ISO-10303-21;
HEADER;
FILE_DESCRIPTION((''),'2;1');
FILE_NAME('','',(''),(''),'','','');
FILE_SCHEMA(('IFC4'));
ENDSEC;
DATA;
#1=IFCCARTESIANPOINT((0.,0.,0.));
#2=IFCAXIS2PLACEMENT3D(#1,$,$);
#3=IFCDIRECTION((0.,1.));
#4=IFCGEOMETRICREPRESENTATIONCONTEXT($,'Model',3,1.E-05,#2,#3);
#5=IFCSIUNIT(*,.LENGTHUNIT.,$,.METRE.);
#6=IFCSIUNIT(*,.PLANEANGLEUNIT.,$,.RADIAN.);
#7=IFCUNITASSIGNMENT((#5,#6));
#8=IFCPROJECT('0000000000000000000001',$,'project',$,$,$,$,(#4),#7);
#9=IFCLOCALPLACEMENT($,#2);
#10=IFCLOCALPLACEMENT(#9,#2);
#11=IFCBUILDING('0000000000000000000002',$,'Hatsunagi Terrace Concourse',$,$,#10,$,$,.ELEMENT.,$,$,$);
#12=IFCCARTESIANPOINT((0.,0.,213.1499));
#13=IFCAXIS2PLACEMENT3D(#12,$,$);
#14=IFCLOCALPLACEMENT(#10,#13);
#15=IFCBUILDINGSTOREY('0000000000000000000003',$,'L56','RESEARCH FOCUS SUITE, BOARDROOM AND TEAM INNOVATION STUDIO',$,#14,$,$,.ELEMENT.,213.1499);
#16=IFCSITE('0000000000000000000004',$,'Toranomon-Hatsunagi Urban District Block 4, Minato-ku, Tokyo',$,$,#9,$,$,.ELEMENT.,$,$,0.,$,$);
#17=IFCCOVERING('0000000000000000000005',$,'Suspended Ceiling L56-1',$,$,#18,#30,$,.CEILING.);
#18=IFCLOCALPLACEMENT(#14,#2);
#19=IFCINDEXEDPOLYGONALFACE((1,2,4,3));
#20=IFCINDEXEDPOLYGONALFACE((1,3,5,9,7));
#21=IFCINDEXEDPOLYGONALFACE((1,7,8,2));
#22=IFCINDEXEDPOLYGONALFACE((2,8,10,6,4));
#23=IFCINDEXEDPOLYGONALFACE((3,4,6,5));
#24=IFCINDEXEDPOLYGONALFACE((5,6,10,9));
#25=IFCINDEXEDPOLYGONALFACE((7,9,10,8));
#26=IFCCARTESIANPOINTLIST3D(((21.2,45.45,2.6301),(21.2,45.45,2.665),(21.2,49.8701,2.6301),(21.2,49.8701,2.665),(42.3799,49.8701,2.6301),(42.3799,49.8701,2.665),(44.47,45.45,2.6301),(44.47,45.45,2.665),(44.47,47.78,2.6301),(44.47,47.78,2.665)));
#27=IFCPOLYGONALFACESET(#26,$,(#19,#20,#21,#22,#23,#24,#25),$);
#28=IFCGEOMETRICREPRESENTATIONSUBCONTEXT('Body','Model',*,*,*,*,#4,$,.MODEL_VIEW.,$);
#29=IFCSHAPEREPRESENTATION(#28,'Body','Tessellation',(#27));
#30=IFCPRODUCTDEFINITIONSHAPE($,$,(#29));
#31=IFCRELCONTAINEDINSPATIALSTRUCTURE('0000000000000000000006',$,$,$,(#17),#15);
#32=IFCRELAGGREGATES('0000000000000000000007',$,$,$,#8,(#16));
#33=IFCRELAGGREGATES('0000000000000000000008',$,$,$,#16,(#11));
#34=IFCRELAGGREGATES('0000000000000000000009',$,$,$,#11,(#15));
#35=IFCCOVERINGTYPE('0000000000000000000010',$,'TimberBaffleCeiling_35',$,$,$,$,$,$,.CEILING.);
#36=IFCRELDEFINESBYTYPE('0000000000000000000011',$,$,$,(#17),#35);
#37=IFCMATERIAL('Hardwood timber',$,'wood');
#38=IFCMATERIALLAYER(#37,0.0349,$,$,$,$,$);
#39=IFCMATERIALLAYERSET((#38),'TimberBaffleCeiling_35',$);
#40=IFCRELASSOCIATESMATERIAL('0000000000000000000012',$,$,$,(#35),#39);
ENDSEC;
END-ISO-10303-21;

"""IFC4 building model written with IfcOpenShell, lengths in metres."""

from ifc_helpers import new_model, si_unit, direction, frame, origin, place, context, subcontext, project, spatial, polyline, outline, extrude, material, layer, layer_set, type_object, element, save


model = new_model("IFC4")

# Units and contexts
model_context = context("Model", 3, precision=1e-05, world=origin(), true_north=direction((0.0, 1.0)))
body_context = subcontext(model_context, "Body", "Model", "MODEL_VIEW")
ifc_project = project(units=[si_unit("LENGTHUNIT", "METRE"), si_unit("PLANEANGLEUNIT", "RADIAN")], contexts=[model_context])

# Site, building, storey
site_placement = place(None, origin())
site = spatial("IfcSite", under=ifc_project, at=site_placement, Name="Toranomon-Hatsunagi Urban District Block 4, Minato-ku, Tokyo", CompositionType="ELEMENT", RefElevation=0.0)
building_placement = place(site_placement, origin())
building = spatial("IfcBuilding", under=site, at=building_placement, Name="Hatsunagi Terrace Concourse", CompositionType="ELEMENT")
storey_placement = place(building_placement, frame((0.0, 0.0, 213.1499)))
storey = spatial("IfcBuildingStorey", under=building, at=storey_placement, Name="L56", Description="RESEARCH FOCUS SUITE, BOARDROOM AND TEAM INNOVATION STUDIO", CompositionType="ELEMENT", Elevation=213.1499)

# Covering
ifc_material_1 = material(Name="Hardwood timber", Category="wood")
ifc_layer_1 = layer(ifc_material_1, 0.0349)
ifc_layer_set_1 = layer_set([ifc_layer_1], Name="TimberBaffleCeiling_35")
covering_type_1 = type_object("IfcCoveringType", Name="TimberBaffleCeiling_35", PredefinedType="CEILING", material=ifc_layer_set_1)
covering_1_placement = place(storey_placement, frame((0.0, 0.0, 2.6301)))
element("IfcCovering", 1, at=covering_1_placement, inside=storey, type_object=covering_type_1, Name="Suspended Ceiling L56-1", PredefinedType="CEILING", context=body_context, shape_type="SweptSolid", body=[
    extrude(outline(polyline([(42.3799, 49.8701), (21.2, 49.8701), (21.2, 45.45), (44.47, 45.45), (44.47, 47.78), (42.3799, 49.8701)])), origin(), (0.0, 0.0, 1.0), 0.0349),
])

save(model, "model.ifc")
